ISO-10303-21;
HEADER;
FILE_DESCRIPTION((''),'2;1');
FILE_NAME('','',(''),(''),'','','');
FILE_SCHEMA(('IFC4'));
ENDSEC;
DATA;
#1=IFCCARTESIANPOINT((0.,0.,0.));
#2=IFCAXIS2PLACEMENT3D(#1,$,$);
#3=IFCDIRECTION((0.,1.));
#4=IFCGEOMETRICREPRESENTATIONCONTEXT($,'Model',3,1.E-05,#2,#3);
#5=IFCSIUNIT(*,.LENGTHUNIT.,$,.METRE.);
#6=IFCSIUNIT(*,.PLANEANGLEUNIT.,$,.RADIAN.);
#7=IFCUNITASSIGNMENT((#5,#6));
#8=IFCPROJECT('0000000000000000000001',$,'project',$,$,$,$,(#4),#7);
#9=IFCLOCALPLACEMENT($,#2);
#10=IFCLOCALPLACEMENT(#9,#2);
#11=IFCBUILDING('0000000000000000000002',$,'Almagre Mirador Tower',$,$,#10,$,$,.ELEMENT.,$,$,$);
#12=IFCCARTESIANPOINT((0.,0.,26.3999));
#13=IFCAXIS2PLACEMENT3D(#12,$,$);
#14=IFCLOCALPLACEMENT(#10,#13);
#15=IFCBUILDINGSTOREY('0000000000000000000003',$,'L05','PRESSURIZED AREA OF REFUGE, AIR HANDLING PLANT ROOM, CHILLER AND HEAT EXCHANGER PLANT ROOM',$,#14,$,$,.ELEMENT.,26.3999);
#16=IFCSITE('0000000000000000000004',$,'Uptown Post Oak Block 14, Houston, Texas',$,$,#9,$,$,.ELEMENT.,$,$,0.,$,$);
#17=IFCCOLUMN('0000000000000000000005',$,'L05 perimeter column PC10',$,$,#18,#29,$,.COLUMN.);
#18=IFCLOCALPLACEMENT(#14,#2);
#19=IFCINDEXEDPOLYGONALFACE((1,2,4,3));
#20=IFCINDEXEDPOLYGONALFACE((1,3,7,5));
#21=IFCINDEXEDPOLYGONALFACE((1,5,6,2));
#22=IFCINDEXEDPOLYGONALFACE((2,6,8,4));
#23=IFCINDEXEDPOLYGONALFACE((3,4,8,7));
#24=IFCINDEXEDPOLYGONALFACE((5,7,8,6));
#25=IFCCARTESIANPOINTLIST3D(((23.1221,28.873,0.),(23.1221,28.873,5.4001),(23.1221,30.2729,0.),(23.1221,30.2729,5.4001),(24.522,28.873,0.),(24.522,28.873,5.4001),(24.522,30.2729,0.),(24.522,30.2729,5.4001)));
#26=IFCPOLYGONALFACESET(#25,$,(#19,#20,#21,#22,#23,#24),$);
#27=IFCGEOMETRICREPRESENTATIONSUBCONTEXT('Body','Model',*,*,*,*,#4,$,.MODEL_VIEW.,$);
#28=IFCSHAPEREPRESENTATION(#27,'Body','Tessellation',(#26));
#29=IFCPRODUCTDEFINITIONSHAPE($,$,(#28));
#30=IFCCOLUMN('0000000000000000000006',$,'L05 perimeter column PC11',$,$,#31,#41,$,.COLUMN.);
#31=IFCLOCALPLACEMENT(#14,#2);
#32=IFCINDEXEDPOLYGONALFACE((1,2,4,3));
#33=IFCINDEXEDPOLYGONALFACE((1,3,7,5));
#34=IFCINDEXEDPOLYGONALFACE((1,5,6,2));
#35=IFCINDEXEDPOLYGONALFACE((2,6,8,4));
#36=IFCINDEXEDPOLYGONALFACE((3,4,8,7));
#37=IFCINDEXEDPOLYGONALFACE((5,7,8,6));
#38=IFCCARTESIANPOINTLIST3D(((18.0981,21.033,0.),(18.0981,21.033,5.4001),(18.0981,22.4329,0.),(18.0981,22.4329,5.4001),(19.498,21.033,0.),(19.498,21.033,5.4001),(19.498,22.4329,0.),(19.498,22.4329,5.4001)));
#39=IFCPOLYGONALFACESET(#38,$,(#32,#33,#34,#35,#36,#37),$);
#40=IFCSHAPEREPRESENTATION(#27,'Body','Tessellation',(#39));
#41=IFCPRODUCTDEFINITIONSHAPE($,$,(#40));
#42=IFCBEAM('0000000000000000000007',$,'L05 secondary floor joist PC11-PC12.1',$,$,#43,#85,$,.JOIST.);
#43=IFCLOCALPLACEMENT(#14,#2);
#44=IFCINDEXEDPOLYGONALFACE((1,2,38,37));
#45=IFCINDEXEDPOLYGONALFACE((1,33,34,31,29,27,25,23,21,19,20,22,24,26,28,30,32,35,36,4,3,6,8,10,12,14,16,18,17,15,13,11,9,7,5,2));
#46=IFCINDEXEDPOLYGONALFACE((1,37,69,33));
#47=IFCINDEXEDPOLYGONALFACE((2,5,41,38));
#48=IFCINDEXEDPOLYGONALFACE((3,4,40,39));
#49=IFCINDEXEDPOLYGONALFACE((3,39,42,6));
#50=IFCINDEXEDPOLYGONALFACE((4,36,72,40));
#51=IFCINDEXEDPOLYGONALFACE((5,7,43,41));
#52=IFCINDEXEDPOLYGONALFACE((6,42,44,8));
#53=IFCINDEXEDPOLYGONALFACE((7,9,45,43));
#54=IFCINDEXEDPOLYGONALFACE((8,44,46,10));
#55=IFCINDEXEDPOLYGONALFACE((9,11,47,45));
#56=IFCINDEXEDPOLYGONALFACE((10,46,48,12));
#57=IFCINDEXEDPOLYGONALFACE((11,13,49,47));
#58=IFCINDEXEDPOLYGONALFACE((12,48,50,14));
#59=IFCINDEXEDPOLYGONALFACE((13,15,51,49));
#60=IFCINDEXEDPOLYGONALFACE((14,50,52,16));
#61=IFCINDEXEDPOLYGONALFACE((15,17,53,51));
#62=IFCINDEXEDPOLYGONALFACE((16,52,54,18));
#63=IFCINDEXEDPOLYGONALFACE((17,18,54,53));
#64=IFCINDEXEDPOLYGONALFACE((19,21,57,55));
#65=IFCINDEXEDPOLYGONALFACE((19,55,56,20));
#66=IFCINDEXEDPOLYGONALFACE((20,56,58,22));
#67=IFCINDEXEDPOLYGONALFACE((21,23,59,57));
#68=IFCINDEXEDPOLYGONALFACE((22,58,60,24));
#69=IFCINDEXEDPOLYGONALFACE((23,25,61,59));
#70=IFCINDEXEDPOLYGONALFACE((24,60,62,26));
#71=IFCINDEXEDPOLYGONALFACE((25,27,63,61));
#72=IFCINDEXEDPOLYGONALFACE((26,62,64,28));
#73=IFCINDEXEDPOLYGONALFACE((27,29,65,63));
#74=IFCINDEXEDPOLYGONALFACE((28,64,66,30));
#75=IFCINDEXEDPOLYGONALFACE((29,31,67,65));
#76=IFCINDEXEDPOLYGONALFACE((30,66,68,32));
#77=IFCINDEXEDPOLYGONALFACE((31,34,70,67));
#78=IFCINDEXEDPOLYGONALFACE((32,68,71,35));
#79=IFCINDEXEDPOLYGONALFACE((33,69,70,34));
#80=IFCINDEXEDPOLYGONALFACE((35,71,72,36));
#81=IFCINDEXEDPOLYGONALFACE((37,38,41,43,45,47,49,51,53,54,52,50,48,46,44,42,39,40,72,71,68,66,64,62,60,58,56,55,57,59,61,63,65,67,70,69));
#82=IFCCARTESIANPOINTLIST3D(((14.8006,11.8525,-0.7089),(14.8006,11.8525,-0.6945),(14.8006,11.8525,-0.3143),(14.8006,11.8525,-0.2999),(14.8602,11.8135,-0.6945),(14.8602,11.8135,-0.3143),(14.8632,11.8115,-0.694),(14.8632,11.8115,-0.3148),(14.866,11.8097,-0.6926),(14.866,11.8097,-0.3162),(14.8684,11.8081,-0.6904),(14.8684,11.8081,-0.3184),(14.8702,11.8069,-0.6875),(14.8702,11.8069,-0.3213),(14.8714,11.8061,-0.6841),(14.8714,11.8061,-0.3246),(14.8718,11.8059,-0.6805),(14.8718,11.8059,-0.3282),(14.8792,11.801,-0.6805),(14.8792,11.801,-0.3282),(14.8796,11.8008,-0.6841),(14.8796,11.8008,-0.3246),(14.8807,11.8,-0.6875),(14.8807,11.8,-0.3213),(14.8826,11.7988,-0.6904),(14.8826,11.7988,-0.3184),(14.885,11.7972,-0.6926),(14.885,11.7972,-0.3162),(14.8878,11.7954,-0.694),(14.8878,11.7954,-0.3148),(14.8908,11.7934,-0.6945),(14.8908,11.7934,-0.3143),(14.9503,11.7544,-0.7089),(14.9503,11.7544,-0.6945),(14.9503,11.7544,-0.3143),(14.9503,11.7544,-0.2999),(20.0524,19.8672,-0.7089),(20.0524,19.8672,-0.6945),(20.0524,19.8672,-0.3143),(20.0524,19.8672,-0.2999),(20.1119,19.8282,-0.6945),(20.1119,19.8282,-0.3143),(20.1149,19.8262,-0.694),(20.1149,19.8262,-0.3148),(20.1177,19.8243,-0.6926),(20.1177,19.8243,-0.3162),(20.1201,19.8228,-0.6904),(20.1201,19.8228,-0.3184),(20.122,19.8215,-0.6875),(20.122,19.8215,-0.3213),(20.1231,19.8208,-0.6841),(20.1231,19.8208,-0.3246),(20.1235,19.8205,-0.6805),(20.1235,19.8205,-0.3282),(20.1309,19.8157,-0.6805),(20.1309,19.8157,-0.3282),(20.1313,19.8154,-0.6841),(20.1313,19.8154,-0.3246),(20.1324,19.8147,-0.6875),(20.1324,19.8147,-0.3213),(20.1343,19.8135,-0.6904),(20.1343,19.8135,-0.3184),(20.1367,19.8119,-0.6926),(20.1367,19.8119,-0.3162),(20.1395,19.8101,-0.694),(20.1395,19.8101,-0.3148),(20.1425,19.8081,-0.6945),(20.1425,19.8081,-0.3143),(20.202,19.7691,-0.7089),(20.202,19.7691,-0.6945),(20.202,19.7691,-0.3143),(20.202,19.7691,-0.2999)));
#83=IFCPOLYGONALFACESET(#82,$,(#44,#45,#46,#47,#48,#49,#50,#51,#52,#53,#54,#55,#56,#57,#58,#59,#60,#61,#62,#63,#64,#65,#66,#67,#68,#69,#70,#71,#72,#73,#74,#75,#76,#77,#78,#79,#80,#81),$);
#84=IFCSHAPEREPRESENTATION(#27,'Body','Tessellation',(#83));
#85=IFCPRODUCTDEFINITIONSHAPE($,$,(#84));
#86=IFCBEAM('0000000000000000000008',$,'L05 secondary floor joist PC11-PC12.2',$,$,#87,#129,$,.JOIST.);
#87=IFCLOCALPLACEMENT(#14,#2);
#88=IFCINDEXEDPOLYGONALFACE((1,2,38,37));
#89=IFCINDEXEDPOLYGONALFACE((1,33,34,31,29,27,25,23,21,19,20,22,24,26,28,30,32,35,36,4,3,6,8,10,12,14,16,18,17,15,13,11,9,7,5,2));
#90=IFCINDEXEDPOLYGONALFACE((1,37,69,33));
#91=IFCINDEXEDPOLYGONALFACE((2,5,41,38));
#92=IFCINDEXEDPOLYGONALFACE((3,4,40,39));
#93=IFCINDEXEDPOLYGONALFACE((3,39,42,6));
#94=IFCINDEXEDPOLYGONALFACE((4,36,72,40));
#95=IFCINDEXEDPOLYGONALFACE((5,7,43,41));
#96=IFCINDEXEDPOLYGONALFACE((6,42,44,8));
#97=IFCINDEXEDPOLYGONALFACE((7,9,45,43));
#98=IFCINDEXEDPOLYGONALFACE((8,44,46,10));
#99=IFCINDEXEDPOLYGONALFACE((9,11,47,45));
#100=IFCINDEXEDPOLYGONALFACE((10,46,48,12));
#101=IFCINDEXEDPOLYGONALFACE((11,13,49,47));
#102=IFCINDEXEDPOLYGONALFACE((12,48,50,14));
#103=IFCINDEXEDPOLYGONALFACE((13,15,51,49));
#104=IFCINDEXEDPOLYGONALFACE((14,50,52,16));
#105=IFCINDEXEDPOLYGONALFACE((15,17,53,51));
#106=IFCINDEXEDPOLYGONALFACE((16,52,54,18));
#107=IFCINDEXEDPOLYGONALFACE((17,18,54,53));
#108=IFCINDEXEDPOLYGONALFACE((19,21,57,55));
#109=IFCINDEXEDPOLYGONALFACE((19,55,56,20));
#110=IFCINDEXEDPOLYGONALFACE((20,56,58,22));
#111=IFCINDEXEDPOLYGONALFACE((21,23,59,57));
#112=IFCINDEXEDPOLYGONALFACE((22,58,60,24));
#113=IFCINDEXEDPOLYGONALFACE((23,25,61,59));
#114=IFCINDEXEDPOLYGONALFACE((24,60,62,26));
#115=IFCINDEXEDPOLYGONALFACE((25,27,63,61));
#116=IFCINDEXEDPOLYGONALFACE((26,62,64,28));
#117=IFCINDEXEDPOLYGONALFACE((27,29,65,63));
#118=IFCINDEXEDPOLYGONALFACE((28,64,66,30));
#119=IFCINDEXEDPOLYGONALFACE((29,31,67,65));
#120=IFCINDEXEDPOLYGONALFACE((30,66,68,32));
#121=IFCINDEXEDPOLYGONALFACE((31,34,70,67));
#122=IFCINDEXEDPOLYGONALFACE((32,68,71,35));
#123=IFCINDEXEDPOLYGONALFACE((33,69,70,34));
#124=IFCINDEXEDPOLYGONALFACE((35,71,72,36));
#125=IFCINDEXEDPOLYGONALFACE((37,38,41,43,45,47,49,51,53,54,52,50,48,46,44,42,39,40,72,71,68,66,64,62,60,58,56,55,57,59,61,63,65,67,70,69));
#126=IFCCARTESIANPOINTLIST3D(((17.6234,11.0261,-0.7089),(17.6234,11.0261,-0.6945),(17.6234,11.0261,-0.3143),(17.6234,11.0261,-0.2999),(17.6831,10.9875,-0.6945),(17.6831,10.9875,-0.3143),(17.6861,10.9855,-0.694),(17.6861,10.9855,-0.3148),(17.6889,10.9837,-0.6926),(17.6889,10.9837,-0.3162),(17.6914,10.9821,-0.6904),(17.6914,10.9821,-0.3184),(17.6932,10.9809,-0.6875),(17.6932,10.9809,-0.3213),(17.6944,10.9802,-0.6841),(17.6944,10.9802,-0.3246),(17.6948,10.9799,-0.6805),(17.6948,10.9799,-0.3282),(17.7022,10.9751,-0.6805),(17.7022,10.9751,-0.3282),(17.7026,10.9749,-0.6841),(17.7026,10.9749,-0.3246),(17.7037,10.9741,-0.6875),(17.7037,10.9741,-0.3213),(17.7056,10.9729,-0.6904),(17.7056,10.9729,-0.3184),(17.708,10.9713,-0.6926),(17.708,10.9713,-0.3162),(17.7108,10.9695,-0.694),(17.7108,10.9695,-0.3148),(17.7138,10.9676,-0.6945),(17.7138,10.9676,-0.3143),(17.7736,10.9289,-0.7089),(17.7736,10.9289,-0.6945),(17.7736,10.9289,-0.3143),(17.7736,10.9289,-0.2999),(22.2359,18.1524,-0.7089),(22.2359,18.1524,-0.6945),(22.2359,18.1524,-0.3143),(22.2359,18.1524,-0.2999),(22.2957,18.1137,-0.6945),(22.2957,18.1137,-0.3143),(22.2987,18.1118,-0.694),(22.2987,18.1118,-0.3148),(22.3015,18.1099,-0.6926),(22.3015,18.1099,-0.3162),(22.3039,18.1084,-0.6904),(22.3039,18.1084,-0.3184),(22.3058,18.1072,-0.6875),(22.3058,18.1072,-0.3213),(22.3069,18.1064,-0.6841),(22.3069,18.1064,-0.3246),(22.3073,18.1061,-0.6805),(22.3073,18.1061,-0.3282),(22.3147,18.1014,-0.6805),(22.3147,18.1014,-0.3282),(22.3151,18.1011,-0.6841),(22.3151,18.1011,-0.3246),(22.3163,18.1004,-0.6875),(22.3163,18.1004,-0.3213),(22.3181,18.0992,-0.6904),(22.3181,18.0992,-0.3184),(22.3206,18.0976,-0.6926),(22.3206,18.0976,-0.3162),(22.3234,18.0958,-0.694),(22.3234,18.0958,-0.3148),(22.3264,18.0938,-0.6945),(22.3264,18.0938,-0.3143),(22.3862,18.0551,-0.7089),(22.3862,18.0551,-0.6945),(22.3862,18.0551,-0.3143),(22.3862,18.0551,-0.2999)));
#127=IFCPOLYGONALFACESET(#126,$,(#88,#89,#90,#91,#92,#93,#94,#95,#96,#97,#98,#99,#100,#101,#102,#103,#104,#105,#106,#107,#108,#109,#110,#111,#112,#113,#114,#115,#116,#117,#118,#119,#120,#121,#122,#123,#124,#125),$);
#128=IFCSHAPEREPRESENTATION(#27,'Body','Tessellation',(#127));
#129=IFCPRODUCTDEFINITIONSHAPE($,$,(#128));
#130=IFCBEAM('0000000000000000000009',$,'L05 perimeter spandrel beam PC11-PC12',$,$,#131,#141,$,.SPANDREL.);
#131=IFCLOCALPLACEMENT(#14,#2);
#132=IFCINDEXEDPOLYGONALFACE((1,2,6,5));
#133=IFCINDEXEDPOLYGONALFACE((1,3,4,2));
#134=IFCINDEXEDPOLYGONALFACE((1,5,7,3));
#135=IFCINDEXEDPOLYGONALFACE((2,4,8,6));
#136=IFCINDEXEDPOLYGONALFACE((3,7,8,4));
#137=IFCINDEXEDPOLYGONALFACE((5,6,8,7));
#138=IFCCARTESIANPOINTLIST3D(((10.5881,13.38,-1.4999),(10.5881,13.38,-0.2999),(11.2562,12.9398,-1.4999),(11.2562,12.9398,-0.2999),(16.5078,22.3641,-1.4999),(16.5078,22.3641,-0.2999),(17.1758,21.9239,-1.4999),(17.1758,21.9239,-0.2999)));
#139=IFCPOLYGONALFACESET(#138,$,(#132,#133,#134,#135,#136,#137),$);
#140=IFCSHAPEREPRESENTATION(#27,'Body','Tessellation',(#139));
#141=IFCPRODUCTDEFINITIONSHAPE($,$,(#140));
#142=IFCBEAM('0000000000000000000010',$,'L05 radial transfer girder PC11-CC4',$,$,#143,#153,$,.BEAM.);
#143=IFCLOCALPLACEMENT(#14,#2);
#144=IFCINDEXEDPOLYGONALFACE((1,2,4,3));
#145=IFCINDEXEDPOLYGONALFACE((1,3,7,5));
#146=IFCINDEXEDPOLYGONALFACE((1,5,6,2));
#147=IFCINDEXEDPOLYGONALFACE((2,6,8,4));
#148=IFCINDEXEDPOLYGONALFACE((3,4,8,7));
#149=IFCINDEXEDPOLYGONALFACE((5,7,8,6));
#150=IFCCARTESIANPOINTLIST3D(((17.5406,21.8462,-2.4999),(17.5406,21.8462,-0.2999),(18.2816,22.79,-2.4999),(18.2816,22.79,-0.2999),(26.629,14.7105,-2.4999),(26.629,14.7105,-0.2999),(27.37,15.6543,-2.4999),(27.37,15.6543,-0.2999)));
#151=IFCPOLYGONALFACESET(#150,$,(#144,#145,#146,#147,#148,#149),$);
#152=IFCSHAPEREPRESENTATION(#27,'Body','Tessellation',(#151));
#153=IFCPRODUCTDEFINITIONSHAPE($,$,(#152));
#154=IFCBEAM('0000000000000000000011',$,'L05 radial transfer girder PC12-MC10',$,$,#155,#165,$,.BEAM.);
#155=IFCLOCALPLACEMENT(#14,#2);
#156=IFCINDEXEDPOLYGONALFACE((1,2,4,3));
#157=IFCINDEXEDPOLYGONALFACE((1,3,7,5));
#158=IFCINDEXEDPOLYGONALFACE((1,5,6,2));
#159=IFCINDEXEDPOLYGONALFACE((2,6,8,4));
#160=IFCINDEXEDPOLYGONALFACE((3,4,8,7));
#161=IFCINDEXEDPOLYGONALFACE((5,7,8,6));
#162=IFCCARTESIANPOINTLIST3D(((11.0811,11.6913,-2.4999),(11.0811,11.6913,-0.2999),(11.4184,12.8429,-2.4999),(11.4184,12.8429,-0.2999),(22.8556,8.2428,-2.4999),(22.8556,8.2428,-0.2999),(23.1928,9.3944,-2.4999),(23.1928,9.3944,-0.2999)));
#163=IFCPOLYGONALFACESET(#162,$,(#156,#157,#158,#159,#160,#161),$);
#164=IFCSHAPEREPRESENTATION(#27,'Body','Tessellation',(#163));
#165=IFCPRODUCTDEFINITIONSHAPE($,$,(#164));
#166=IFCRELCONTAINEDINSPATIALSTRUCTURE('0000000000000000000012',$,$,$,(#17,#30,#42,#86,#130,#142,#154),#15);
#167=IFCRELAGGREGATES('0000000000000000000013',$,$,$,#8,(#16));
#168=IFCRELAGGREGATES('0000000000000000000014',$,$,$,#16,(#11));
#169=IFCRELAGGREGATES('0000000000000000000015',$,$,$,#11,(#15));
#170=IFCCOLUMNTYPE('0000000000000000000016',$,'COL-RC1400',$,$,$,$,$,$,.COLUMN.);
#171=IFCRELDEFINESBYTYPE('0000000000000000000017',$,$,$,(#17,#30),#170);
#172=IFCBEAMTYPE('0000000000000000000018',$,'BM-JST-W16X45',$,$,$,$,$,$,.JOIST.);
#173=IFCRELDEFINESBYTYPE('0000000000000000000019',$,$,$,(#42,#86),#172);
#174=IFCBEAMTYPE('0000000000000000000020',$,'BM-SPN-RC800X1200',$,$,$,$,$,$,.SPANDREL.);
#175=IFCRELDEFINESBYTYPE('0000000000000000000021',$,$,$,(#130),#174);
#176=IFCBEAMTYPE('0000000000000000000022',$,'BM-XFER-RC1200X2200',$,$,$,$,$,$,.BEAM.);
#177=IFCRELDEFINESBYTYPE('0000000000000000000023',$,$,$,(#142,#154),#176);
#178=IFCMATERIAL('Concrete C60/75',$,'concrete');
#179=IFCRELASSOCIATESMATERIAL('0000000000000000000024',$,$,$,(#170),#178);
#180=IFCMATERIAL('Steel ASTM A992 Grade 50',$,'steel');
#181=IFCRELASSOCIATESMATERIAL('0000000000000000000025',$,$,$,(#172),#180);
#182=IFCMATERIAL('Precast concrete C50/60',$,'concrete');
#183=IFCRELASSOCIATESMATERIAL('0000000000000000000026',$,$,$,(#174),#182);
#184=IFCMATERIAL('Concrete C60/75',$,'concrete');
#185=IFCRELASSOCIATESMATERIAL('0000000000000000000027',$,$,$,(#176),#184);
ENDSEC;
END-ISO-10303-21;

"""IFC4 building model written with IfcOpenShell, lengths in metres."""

from ifc_helpers import new_model, si_unit, direction, frame, origin, origin_2d, place, context, subcontext, project, spatial, rectangle, i_section, extrude, material, material_profile, profile_set, type_object, element, save


model = new_model("IFC4")

# Units and contexts
model_context = context("Model", 3, precision=1e-05, world=origin(), true_north=direction((0.0, 1.0)))
body_context = subcontext(model_context, "Body", "Model", "MODEL_VIEW")
ifc_project = project(units=[si_unit("LENGTHUNIT", "METRE"), si_unit("PLANEANGLEUNIT", "RADIAN")], contexts=[model_context])

# Site, building, storey
site_placement = place(None, origin())
site = spatial("IfcSite", under=ifc_project, at=site_placement, Name="Uptown Post Oak Block 14, Houston, Texas", CompositionType="ELEMENT", RefElevation=0.0)
building_placement = place(site_placement, origin())
building = spatial("IfcBuilding", under=site, at=building_placement, Name="Almagre Mirador Tower", CompositionType="ELEMENT")
storey_placement = place(building_placement, frame((0.0, 0.0, 26.3999)))
storey = spatial("IfcBuildingStorey", under=building, at=storey_placement, Name="L05", Description="PRESSURIZED AREA OF REFUGE, AIR HANDLING PLANT ROOM, CHILLER AND HEAT EXCHANGER PLANT ROOM", CompositionType="ELEMENT", Elevation=26.3999)

# Columns
ifc_material_1 = material(Name="Concrete C60/75", Category="concrete")
ifc_material_profile_1 = material_profile(ifc_material_1, rectangle(XDim=1.3999, YDim=1.3999, at=origin_2d()), Name="RC1400X1400")
ifc_profile_set_1 = profile_set([ifc_material_profile_1], Name="Concrete C60/75")
column_type = type_object("IfcColumnType", Name="COL-RC1400", PredefinedType="COLUMN", material=ifc_profile_set_1)
for number, where, z_axis, x_axis, name in (
    (1, (23.822, 29.573, 0.0), (0.0, 0.0, 1.0), (1.0, 0.0, 0.0), "L05 perimeter column PC10"),
    (2, (18.7981, 21.7329, 0.0), (0.0, 0.0, 1.0), (1.0, 0.0, 0.0), "L05 perimeter column PC11"),
):
    element("IfcColumn", number, at=place(storey_placement, frame(where, z_axis=z_axis, x_axis=x_axis)), inside=storey, type_object=column_type, Name=name, PredefinedType="COLUMN", context=body_context, shape_type="SweptSolid", body=[
        extrude(rectangle(XDim=1.3999, YDim=1.3999, at=origin_2d()), origin(), (0.0, 0.0, 1.0), 5.4001),
    ])

# Beams
ifc_material_2 = material(Name="Steel ASTM A992 Grade 50", Category="steel")
ifc_material_profile_2 = material_profile(ifc_material_2, i_section(OverallWidth=0.179, OverallDepth=0.4089, WebThickness=0.0088, FlangeThickness=0.0144, FilletRadius=0.0139, at=origin_2d()), Name="W16X45")
ifc_profile_set_2 = profile_set([ifc_material_profile_2], Name="Steel ASTM A992 Grade 50")
beam_type_1 = type_object("IfcBeamType", Name="BM-JST-W16X45", PredefinedType="JOIST", material=ifc_profile_set_2)
beam_1_placement = place(storey_placement, frame((20.1272, 19.8181, -0.5044), z_axis=(-0.54808, -0.836426, 0.0), x_axis=(0.836426, -0.54808, 0.0)))
element("IfcBeam", 3, at=beam_1_placement, inside=storey, type_object=beam_type_1, Name="L05 secondary floor joist PC11-PC12.1", PredefinedType="JOIST", context=body_context, shape_type="SweptSolid", body=[
    extrude(i_section(OverallWidth=0.179, OverallDepth=0.4089, WebThickness=0.0088, FlangeThickness=0.0144, FilletRadius=0.0139, at=origin_2d()), origin(), (0.0, 0.0, 1.0), 9.582),
])
beam_2_placement = place(storey_placement, frame((22.311, 18.1038, -0.5044), z_axis=(-0.543373, -0.839491, 0.0), x_axis=(0.839491, -0.543373, 0.0)))
element("IfcBeam", 4, at=beam_2_placement, inside=storey, type_object=beam_type_1, Name="L05 secondary floor joist PC11-PC12.2", PredefinedType="JOIST", context=body_context, shape_type="SweptSolid", body=[
    extrude(i_section(OverallWidth=0.179, OverallDepth=0.4089, WebThickness=0.0088, FlangeThickness=0.0144, FilletRadius=0.0139, at=origin_2d()), origin(), (0.0, 0.0, 1.0), 8.4888),
])
ifc_material_3 = material(Name="Precast concrete C50/60", Category="concrete")
ifc_material_profile_3 = material_profile(ifc_material_3, rectangle(XDim=0.8, YDim=1.2, at=origin_2d()), Name="RC800X1200")
ifc_profile_set_3 = profile_set([ifc_material_profile_3], Name="Precast concrete C50/60")
beam_type_2 = type_object("IfcBeamType", Name="BM-SPN-RC800X1200", PredefinedType="SPANDREL", material=ifc_profile_set_3)
beam_3_placement = place(storey_placement, frame((16.8418, 22.144, -0.8999), z_axis=(-0.550204, -0.83503, 0.0), x_axis=(0.83503, -0.550204, 0.0)))
element("IfcBeam", 5, at=beam_3_placement, inside=storey, type_object=beam_type_2, Name="L05 perimeter spandrel beam PC11-PC12", PredefinedType="SPANDREL", context=body_context, shape_type="SweptSolid", body=[
    extrude(rectangle(XDim=0.8, YDim=1.2, at=origin_2d()), origin(), (0.0, 0.0, 1.0), 10.759),
])
ifc_material_4 = material(Name="Concrete C60/75", Category="concrete")
ifc_material_profile_4 = material_profile(ifc_material_4, rectangle(XDim=1.2, YDim=2.2, at=origin_2d()), Name="RC1200X2200")
ifc_profile_set_4 = profile_set([ifc_material_profile_4], Name="Concrete C60/75")
beam_type_3 = type_object("IfcBeamType", Name="BM-XFER-RC1200X2200", PredefinedType="BEAM", material=ifc_profile_set_4)
beam_4_placement = place(storey_placement, frame((17.9111, 22.3181, -1.3999), z_axis=(0.786534, -0.617547, 0.0), x_axis=(0.617547, 0.786534, 0.0)))
element("IfcBeam", 6, at=beam_4_placement, inside=storey, type_object=beam_type_3, Name="L05 radial transfer girder PC11-CC4", PredefinedType="BEAM", context=body_context, shape_type="SweptSolid", body=[
    extrude(rectangle(XDim=1.2, YDim=2.2, at=origin_2d()), origin(), (0.0, 0.0, 1.0), 11.5549),
])
beam_5_placement = place(storey_placement, frame((11.2498, 12.2671, -1.3999), z_axis=(0.959686, -0.281073, 0.0), x_axis=(0.281073, 0.959686, 0.0)))
element("IfcBeam", 7, at=beam_5_placement, inside=storey, type_object=beam_type_3, Name="L05 radial transfer girder PC12-MC10", PredefinedType="BEAM", context=body_context, shape_type="SweptSolid", body=[
    extrude(rectangle(XDim=1.2, YDim=2.2, at=origin_2d()), origin(), (0.0, 0.0, 1.0), 12.269),
])

save(model, "model.ifc")
